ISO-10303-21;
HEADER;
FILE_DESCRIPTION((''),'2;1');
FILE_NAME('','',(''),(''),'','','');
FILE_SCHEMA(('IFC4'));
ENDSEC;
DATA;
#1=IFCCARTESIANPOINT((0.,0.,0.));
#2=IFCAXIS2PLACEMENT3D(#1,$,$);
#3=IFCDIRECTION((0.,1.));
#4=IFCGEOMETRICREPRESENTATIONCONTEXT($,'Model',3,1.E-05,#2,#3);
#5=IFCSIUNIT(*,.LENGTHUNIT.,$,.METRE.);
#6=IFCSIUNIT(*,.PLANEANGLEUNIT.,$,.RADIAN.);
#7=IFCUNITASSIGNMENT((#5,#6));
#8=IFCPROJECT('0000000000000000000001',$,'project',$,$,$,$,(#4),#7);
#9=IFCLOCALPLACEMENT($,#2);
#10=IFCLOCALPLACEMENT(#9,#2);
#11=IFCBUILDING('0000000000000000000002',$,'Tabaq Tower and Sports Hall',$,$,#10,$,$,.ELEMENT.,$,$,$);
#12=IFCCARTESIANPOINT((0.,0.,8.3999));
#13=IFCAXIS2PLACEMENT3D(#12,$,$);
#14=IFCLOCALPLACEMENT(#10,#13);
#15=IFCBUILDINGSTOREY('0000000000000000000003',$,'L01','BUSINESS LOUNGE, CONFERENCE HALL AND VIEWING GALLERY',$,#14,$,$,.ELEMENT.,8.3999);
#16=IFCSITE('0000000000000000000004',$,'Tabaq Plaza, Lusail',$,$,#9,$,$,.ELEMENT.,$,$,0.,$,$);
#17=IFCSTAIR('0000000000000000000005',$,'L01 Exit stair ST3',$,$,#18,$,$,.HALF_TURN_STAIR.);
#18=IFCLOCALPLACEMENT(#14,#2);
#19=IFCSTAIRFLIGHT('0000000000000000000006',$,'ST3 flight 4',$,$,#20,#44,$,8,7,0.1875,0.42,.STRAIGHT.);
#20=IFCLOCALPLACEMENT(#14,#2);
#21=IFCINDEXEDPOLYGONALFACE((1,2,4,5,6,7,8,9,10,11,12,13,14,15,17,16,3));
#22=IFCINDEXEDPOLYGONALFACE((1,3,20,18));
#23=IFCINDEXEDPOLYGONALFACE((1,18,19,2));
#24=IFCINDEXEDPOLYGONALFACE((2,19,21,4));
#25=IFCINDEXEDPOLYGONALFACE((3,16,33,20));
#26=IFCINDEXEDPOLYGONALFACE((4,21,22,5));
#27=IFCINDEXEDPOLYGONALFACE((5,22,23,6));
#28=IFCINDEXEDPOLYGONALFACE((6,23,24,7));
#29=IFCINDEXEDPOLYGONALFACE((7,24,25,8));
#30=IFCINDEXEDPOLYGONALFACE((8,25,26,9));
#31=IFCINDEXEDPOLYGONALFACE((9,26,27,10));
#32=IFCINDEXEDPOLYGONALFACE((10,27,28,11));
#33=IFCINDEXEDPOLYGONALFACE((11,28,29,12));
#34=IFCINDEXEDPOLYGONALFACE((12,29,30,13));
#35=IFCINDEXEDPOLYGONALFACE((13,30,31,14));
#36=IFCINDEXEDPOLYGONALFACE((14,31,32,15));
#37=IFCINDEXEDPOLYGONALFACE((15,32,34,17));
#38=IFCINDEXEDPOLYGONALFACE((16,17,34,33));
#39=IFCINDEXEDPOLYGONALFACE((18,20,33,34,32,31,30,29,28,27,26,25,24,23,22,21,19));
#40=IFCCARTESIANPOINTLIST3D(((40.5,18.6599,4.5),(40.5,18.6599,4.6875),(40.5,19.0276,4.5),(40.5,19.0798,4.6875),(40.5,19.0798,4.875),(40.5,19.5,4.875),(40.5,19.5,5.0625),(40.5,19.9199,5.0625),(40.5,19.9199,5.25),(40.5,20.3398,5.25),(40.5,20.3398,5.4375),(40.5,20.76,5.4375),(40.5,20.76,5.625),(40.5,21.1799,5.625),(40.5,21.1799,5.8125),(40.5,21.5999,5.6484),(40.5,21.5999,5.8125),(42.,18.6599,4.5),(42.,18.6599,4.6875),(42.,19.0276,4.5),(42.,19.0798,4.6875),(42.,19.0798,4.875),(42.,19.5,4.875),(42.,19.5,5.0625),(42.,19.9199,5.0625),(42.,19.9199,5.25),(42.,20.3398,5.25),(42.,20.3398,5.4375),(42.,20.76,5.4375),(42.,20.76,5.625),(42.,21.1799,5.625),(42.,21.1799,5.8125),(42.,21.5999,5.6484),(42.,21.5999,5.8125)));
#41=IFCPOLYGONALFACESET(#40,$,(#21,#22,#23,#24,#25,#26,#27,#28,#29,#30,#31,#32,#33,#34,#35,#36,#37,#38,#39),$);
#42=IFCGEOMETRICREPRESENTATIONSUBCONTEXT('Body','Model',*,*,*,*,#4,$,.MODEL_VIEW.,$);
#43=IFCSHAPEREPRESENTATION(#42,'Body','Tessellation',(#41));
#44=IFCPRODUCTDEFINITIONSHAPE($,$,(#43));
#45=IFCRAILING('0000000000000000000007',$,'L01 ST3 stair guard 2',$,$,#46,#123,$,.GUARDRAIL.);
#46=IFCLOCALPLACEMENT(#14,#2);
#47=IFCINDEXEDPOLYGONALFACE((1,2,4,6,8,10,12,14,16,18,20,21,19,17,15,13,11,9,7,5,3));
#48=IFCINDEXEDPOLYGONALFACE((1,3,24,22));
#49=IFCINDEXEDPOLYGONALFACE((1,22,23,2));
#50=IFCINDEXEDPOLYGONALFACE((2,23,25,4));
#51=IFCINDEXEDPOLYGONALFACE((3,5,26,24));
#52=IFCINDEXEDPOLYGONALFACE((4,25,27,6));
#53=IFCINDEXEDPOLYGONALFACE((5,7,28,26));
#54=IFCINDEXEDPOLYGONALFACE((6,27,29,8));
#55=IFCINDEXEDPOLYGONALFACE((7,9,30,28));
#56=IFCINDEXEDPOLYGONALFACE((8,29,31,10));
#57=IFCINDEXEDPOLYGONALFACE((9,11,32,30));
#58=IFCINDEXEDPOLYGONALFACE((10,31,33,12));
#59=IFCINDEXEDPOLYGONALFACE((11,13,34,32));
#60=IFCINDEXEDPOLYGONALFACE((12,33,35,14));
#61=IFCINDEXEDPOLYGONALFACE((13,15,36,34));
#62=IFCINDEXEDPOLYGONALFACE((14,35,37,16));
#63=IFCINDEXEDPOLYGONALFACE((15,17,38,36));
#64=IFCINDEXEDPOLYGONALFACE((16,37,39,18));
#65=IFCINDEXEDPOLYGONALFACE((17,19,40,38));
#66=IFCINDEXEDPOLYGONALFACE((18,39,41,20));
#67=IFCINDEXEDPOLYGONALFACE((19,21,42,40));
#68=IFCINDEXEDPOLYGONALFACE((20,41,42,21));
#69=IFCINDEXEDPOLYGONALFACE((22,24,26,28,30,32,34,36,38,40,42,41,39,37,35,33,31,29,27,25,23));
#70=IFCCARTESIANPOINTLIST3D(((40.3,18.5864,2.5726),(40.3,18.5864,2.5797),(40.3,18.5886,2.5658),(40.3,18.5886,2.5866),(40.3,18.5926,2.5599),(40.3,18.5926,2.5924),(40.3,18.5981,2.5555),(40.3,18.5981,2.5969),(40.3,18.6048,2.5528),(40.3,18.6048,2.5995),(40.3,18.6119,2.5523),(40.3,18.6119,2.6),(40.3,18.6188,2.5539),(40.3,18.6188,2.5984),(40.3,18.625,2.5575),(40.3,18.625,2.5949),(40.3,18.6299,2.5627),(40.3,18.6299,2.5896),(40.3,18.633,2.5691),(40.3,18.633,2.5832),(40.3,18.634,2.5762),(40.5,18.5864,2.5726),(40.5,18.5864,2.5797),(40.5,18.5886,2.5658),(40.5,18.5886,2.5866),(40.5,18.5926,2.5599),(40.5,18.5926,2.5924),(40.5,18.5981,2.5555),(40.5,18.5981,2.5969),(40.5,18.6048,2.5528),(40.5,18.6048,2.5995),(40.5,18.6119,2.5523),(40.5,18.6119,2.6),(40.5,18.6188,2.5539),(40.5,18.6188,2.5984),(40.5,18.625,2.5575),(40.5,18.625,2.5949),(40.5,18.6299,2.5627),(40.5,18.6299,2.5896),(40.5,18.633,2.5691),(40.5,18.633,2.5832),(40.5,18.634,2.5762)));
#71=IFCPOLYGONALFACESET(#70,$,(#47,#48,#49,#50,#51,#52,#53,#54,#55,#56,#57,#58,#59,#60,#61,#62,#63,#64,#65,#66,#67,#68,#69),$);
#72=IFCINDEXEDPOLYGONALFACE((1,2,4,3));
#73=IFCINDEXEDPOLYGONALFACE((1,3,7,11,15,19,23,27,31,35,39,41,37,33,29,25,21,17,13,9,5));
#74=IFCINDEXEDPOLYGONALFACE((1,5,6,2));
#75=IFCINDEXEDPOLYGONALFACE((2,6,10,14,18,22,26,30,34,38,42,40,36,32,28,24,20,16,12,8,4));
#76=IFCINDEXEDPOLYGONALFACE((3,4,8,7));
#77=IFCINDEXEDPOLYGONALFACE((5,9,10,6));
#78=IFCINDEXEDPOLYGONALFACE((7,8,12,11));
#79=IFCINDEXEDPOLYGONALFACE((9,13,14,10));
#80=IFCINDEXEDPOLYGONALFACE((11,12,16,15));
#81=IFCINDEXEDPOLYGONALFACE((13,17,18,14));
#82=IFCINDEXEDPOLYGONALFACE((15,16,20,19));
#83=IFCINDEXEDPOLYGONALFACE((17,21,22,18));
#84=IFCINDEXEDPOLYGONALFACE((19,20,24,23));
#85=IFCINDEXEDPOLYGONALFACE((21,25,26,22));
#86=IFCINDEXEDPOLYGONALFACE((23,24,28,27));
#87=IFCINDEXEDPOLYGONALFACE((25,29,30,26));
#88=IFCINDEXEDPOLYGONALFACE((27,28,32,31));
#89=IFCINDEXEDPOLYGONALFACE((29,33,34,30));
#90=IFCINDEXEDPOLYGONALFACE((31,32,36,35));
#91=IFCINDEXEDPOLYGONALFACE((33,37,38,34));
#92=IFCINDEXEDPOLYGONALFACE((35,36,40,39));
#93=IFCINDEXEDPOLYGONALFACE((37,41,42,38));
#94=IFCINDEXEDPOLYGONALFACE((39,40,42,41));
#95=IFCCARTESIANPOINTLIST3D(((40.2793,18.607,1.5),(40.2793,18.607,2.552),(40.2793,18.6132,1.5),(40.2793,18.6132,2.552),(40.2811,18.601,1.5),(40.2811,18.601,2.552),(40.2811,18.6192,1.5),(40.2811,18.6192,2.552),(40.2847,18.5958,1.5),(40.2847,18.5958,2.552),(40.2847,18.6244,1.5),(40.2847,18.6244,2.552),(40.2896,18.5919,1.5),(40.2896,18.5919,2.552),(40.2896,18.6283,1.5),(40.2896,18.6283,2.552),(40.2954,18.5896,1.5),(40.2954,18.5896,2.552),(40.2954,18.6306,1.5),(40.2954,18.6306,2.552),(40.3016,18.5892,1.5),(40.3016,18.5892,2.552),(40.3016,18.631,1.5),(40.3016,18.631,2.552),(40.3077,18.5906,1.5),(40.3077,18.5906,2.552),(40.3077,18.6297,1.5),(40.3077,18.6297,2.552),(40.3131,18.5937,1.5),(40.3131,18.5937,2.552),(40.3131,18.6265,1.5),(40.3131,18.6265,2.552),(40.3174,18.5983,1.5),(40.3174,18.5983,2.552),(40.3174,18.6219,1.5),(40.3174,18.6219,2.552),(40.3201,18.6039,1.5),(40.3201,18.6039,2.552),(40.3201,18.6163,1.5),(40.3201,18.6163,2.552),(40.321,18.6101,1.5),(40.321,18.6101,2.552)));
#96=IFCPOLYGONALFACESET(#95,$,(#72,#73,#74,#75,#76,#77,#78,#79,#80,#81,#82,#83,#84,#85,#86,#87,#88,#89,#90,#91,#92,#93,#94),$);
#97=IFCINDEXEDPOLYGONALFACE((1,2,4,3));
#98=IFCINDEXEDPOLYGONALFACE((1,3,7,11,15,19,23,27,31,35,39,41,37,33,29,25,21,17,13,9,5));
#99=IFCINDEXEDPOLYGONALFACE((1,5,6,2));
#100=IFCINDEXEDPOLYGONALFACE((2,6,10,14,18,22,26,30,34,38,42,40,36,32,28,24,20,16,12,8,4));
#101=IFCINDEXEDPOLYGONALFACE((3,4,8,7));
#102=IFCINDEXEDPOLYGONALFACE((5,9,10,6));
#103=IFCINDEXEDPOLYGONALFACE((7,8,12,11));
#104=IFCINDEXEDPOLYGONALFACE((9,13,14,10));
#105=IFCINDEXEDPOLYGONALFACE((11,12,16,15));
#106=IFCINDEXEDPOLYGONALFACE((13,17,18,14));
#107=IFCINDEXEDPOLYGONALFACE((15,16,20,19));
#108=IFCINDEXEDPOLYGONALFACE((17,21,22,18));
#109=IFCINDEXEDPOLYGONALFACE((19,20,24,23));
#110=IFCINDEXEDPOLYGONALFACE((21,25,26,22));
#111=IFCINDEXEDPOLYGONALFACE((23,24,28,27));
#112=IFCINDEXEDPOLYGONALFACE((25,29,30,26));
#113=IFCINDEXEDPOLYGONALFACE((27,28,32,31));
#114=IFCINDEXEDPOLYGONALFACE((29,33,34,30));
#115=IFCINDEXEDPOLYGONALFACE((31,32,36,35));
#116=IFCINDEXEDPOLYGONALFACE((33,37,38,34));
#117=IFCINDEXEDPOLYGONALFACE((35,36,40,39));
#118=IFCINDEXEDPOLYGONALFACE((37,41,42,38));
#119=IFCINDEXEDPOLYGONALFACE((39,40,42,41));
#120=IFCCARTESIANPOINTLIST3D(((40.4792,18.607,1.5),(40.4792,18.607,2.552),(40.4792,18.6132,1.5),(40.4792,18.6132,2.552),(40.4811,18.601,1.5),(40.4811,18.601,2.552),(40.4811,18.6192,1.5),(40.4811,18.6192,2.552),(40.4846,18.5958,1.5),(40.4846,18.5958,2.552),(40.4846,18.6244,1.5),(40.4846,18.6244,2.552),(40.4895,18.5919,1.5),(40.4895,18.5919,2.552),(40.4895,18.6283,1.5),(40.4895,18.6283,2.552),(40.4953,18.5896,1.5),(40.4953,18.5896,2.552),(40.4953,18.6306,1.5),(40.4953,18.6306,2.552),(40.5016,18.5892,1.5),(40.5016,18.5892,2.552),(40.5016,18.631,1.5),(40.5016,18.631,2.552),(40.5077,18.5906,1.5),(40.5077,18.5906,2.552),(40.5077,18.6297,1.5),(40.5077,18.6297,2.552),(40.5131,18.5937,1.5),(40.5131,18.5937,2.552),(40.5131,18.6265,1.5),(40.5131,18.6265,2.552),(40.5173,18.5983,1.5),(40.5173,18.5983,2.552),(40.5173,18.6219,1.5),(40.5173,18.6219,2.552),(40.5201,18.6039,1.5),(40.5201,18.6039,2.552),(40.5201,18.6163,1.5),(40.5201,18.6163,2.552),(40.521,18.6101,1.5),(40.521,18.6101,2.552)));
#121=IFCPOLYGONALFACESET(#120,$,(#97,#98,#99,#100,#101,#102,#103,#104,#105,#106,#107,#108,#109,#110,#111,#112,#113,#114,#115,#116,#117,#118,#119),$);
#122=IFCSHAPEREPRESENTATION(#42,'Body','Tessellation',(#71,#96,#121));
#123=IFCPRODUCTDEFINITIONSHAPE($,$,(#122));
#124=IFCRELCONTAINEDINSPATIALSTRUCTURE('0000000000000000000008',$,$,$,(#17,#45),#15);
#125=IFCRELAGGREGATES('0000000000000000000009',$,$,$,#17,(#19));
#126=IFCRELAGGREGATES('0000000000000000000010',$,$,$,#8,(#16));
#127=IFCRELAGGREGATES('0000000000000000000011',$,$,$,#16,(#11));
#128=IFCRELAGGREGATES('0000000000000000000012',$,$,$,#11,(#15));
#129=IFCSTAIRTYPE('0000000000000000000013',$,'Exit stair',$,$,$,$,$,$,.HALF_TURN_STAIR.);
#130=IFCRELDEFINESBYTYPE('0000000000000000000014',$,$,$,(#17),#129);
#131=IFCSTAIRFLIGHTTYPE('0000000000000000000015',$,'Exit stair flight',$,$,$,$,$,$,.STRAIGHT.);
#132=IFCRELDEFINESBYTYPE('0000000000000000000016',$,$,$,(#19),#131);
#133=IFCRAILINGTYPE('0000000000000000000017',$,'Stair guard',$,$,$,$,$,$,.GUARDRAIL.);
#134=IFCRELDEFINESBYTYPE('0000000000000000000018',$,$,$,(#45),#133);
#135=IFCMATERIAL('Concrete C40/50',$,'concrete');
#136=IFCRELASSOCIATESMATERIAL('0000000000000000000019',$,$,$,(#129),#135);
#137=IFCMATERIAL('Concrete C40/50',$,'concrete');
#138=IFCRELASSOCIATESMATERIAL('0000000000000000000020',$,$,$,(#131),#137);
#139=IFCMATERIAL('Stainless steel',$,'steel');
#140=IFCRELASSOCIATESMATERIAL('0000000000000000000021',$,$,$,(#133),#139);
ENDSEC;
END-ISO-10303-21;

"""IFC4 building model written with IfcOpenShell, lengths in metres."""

from ifc_helpers import new_model, si_unit, direction, frame, origin, origin_2d, place, context, subcontext, project, spatial, polyline, circle, outline, extrude, material, type_object, element, aggregate, save


model = new_model("IFC4")

# Units and contexts
model_context = context("Model", 3, precision=1e-05, world=origin(), true_north=direction((0.0, 1.0)))
body_context = subcontext(model_context, "Body", "Model", "MODEL_VIEW")
ifc_project = project(units=[si_unit("LENGTHUNIT", "METRE"), si_unit("PLANEANGLEUNIT", "RADIAN")], contexts=[model_context])

# Site, building, storey
site_placement = place(None, origin())
site = spatial("IfcSite", under=ifc_project, at=site_placement, Name="Tabaq Plaza, Lusail", CompositionType="ELEMENT", RefElevation=0.0)
building_placement = place(site_placement, origin())
building = spatial("IfcBuilding", under=site, at=building_placement, Name="Tabaq Tower and Sports Hall", CompositionType="ELEMENT")
storey_placement = place(building_placement, frame((0.0, 0.0, 8.3999)))
storey = spatial("IfcBuildingStorey", under=building, at=storey_placement, Name="L01", Description="BUSINESS LOUNGE, CONFERENCE HALL AND VIEWING GALLERY", CompositionType="ELEMENT", Elevation=8.3999)

# Stair, stair flight
ifc_material_1 = material(Name="Concrete C40/50", Category="concrete")
stair_type = type_object("IfcStairType", Name="Exit stair", PredefinedType="HALF_TURN_STAIR", material=ifc_material_1)
stair_placement = place(storey_placement, origin())
stair = element("IfcStair", 1, at=stair_placement, inside=storey, type_object=stair_type, Name="L01 Exit stair ST3", PredefinedType="HALF_TURN_STAIR")
ifc_material_2 = material(Name="Concrete C40/50", Category="concrete")
stair_flight_type = type_object("IfcStairFlightType", Name="Exit stair flight", PredefinedType="STRAIGHT", material=ifc_material_2)
stair_flight_1_placement = place(storey_placement, frame((41.25, 18.6599, 4.5), z_axis=(0.0, 0.0, 1.0), x_axis=(0.0, 1.0, 0.0)))
stair_flight_1 = element("IfcStairFlight", 2, at=stair_flight_1_placement, type_object=stair_flight_type, Name="ST3 flight 4", NumberOfRisers=8, NumberOfTreads=7, PredefinedType="STRAIGHT", RiserHeight=0.1875, TreadLength=0.42, context=body_context, shape_type="SweptSolid", body=[
    extrude(outline(polyline([(0.0, 0.0), (0.0, 0.1875), (0.4199, 0.1875), (0.4199, 0.375), (0.8401, 0.375), (0.8401, 0.5625), (1.26, 0.5625), (1.26, 0.75), (1.6799, 0.75), (1.6799, 0.9375), (2.1001, 0.9375), (2.1001, 1.125), (2.52, 1.125), (2.52, 1.3125), (2.9399, 1.3125), (2.9399, 1.5), (2.9399, 1.1484), (0.3677, 0.0), (0.0, 0.0)])), frame((0.0, 0.75, 0.0), z_axis=(0.0, -1.0, 0.0), x_axis=(1.0, 0.0, 0.0)), (0.0, 0.0, 1.0), 1.5),
])
aggregate(stair, [stair_flight_1])

# Railing
ifc_material_3 = material(Name="Stainless steel", Category="steel")
railing_type_1 = type_object("IfcRailingType", Name="Stair guard", PredefinedType="GUARDRAIL", material=ifc_material_3)
railing_1_placement = place(storey_placement, frame((40.3, 18.6101, 1.5)))
element("IfcRailing", 3, at=railing_1_placement, inside=storey, type_object=railing_type_1, Name="L01 ST3 stair guard 2", PredefinedType="GUARDRAIL", context=body_context, shape_type="SweptSolid", body=[
    extrude(circle(Radius=0.0239, at=origin_2d()), frame((0.0, 0.0, 1.0762), z_axis=(1.0, 0.0, 0.0), x_axis=(0.0, 1.0, 0.0)), (0.0, 0.0, 1.0), 0.2),
    extrude(circle(Radius=0.021, at=origin_2d()), origin(), (0.0, 0.0, 1.0), 1.052),
    extrude(circle(Radius=0.021, at=origin_2d()), frame((0.2, 0.0, 0.0)), (0.0, 0.0, 1.0), 1.052),
])

save(model, "model.ifc")
